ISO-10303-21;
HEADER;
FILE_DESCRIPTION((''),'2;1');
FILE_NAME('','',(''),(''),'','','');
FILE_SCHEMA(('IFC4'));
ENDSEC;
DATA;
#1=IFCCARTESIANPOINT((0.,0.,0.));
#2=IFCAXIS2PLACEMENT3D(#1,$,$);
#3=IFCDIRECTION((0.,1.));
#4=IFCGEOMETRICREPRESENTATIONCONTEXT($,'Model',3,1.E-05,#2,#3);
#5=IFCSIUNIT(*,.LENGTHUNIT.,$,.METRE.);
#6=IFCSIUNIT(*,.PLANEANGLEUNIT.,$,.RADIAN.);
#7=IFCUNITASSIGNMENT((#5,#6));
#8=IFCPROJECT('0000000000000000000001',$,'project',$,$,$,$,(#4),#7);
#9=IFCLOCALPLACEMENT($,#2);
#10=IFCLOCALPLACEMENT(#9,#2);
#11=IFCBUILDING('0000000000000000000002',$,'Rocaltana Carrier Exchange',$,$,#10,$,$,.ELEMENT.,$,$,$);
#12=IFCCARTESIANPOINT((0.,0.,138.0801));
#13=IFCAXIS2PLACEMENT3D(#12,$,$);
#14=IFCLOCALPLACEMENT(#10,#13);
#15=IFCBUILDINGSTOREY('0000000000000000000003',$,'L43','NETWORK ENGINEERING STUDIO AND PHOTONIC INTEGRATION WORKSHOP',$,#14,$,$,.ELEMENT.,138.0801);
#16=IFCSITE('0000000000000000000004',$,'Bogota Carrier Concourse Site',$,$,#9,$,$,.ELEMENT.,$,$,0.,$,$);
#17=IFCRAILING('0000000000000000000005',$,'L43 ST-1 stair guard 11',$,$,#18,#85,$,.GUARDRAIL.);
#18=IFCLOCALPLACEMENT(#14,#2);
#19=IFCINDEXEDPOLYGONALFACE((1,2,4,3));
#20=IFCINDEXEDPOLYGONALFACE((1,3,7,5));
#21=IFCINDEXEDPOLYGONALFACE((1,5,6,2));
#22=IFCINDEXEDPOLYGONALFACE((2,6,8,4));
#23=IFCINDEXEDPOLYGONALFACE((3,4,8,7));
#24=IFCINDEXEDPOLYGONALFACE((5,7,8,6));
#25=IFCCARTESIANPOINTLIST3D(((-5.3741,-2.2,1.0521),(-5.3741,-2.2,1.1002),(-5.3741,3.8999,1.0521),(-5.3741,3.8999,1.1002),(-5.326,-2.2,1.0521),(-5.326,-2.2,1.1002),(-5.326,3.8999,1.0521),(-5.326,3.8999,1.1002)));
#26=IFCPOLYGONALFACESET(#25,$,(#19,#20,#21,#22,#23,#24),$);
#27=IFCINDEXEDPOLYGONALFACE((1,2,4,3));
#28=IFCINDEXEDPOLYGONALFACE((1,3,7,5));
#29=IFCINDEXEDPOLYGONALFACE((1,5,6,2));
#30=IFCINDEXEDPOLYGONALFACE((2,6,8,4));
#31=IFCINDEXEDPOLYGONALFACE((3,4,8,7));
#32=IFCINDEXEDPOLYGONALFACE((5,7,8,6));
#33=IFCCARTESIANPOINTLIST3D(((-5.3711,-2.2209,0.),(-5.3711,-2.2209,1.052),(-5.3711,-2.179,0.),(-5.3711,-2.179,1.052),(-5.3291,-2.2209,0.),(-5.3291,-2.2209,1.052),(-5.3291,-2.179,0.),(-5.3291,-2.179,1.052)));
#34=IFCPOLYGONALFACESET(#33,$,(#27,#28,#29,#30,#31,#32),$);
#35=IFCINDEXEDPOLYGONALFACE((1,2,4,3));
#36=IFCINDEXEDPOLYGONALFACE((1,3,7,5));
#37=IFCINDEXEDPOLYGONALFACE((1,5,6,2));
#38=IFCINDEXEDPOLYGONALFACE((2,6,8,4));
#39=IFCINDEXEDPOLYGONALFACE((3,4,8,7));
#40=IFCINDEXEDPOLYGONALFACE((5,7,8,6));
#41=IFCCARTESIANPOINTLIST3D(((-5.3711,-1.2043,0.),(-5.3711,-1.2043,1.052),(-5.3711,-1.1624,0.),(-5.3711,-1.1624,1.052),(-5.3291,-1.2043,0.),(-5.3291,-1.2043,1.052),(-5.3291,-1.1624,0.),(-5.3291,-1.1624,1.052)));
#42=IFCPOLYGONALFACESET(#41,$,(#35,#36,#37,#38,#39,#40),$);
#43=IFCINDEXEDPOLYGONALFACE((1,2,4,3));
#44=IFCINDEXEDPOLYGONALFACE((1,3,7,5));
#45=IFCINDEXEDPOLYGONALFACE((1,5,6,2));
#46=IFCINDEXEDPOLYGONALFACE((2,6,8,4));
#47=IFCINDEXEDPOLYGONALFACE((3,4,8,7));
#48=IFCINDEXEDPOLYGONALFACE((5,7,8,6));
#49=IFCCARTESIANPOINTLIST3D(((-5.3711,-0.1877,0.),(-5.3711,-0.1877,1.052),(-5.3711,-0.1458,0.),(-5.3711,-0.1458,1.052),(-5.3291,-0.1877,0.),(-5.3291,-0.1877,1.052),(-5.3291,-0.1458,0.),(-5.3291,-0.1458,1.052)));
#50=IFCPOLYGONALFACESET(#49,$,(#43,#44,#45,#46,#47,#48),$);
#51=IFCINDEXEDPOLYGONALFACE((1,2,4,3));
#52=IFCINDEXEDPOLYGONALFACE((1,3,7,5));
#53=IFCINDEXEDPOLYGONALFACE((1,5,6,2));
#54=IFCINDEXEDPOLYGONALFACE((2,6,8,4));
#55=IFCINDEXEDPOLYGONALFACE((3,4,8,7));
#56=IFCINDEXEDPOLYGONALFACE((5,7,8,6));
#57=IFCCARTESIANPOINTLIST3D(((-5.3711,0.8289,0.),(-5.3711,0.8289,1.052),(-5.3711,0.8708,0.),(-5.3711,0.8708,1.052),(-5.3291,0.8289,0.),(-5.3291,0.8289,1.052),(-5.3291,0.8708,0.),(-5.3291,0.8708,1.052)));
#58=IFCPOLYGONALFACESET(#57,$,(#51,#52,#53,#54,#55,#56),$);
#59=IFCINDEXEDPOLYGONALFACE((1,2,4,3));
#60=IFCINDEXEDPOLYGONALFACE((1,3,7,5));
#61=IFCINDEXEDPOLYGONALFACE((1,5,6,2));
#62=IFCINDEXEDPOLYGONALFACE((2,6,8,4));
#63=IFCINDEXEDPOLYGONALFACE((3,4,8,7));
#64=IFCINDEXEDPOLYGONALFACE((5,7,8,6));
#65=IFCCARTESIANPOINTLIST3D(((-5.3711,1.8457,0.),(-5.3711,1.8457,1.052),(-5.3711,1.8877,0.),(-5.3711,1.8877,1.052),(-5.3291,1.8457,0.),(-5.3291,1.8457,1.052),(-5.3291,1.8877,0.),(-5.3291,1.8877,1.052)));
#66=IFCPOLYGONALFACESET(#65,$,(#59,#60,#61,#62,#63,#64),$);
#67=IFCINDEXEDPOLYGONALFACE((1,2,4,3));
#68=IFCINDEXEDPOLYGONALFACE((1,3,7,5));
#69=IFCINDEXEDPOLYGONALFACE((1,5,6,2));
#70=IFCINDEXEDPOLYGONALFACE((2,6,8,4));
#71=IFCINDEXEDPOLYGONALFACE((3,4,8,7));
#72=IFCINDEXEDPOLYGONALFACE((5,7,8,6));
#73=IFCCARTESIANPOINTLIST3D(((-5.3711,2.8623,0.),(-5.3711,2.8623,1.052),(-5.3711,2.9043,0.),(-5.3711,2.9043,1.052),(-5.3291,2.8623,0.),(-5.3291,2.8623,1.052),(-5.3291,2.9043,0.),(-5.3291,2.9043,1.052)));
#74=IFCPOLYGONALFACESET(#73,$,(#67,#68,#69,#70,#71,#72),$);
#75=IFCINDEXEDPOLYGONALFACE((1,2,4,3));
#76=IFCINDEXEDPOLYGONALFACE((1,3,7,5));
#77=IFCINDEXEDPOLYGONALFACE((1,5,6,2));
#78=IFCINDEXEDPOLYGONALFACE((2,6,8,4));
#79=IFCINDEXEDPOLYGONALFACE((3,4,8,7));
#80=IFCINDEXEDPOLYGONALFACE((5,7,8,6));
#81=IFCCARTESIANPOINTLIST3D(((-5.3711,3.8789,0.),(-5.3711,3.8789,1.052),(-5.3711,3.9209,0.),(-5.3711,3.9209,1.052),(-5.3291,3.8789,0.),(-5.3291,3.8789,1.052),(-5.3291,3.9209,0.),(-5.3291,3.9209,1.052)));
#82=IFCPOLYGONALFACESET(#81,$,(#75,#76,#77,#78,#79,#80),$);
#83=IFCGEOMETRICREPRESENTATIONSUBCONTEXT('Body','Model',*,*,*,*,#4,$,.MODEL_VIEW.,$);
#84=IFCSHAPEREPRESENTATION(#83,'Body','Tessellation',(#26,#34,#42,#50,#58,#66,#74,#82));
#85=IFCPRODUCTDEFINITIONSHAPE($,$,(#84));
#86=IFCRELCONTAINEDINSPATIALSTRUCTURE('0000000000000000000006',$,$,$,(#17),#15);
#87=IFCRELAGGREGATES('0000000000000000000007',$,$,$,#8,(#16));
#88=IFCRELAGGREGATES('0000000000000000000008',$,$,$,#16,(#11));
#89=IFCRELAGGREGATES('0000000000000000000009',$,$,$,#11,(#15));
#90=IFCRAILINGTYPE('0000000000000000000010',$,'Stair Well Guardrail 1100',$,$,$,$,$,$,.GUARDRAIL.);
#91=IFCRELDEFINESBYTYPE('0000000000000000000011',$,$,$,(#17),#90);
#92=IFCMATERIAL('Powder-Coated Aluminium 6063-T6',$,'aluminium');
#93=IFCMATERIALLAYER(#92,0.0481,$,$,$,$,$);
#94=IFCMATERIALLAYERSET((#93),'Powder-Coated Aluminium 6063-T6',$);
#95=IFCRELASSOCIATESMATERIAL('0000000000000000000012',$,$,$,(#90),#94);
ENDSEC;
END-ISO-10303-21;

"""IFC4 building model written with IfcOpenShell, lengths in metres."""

from ifc_helpers import new_model, si_unit, direction, frame, origin, origin_2d, place, context, subcontext, project, spatial, rectangle, extrude, material, layer, layer_set, type_object, element, save


model = new_model("IFC4")

# Units and contexts
model_context = context("Model", 3, precision=1e-05, world=origin(), true_north=direction((0.0, 1.0)))
body_context = subcontext(model_context, "Body", "Model", "MODEL_VIEW")
ifc_project = project(units=[si_unit("LENGTHUNIT", "METRE"), si_unit("PLANEANGLEUNIT", "RADIAN")], contexts=[model_context])

# Site, building, storey
site_placement = place(None, origin())
site = spatial("IfcSite", under=ifc_project, at=site_placement, Name="Bogota Carrier Concourse Site", CompositionType="ELEMENT", RefElevation=0.0)
building_placement = place(site_placement, origin())
building = spatial("IfcBuilding", under=site, at=building_placement, Name="Rocaltana Carrier Exchange", CompositionType="ELEMENT")
storey_placement = place(building_placement, frame((0.0, 0.0, 138.0801)))
storey = spatial("IfcBuildingStorey", under=building, at=storey_placement, Name="L43", Description="NETWORK ENGINEERING STUDIO AND PHOTONIC INTEGRATION WORKSHOP", CompositionType="ELEMENT", Elevation=138.0801)

# Railing
ifc_material_1 = material(Name="Powder-Coated Aluminium 6063-T6", Category="aluminium")
ifc_layer_1 = layer(ifc_material_1, 0.0481)
ifc_layer_set_1 = layer_set([ifc_layer_1], Name="Powder-Coated Aluminium 6063-T6")
railing_type_1 = type_object("IfcRailingType", Name="Stair Well Guardrail 1100", PredefinedType="GUARDRAIL", material=ifc_layer_set_1)
for number, where, name in (
    (1, (-5.3501, -2.2, 0.0), "L43 ST-1 stair guard 11"),
):
    element("IfcRailing", number, at=place(storey_placement, frame(where)), inside=storey, type_object=railing_type_1, Name=name, PredefinedType="GUARDRAIL", context=body_context, shape_type="SweptSolid", body=[
        extrude(rectangle(XDim=0.0481, YDim=0.0481, at=origin_2d()), frame((0.0, 0.0, 1.0762), z_axis=(0.0, 1.0, 0.0), x_axis=(-1.0, 0.0, 0.0)), (0.0, 0.0, 1.0), 6.0999),
        extrude(rectangle(XDim=0.042, YDim=0.042, at=origin_2d()), origin(), (0.0, 0.0, 1.0), 1.052),
        extrude(rectangle(XDim=0.042, YDim=0.042, at=origin_2d()), frame((0.0, 1.0166, 0.0)), (0.0, 0.0, 1.0), 1.052),
        extrude(rectangle(XDim=0.042, YDim=0.042, at=origin_2d()), frame((0.0, 2.0332, 0.0)), (0.0, 0.0, 1.0), 1.052),
        extrude(rectangle(XDim=0.042, YDim=0.042, at=origin_2d()), frame((0.0, 3.0498, 0.0)), (0.0, 0.0, 1.0), 1.052),
        extrude(rectangle(XDim=0.042, YDim=0.042, at=origin_2d()), frame((0.0, 4.0667, 0.0)), (0.0, 0.0, 1.0), 1.052),
        extrude(rectangle(XDim=0.042, YDim=0.042, at=origin_2d()), frame((0.0, 5.0833, 0.0)), (0.0, 0.0, 1.0), 1.052),
        extrude(rectangle(XDim=0.042, YDim=0.042, at=origin_2d()), frame((0.0, 6.0999, 0.0)), (0.0, 0.0, 1.0), 1.052),
    ])

save(model, "model.ifc")
